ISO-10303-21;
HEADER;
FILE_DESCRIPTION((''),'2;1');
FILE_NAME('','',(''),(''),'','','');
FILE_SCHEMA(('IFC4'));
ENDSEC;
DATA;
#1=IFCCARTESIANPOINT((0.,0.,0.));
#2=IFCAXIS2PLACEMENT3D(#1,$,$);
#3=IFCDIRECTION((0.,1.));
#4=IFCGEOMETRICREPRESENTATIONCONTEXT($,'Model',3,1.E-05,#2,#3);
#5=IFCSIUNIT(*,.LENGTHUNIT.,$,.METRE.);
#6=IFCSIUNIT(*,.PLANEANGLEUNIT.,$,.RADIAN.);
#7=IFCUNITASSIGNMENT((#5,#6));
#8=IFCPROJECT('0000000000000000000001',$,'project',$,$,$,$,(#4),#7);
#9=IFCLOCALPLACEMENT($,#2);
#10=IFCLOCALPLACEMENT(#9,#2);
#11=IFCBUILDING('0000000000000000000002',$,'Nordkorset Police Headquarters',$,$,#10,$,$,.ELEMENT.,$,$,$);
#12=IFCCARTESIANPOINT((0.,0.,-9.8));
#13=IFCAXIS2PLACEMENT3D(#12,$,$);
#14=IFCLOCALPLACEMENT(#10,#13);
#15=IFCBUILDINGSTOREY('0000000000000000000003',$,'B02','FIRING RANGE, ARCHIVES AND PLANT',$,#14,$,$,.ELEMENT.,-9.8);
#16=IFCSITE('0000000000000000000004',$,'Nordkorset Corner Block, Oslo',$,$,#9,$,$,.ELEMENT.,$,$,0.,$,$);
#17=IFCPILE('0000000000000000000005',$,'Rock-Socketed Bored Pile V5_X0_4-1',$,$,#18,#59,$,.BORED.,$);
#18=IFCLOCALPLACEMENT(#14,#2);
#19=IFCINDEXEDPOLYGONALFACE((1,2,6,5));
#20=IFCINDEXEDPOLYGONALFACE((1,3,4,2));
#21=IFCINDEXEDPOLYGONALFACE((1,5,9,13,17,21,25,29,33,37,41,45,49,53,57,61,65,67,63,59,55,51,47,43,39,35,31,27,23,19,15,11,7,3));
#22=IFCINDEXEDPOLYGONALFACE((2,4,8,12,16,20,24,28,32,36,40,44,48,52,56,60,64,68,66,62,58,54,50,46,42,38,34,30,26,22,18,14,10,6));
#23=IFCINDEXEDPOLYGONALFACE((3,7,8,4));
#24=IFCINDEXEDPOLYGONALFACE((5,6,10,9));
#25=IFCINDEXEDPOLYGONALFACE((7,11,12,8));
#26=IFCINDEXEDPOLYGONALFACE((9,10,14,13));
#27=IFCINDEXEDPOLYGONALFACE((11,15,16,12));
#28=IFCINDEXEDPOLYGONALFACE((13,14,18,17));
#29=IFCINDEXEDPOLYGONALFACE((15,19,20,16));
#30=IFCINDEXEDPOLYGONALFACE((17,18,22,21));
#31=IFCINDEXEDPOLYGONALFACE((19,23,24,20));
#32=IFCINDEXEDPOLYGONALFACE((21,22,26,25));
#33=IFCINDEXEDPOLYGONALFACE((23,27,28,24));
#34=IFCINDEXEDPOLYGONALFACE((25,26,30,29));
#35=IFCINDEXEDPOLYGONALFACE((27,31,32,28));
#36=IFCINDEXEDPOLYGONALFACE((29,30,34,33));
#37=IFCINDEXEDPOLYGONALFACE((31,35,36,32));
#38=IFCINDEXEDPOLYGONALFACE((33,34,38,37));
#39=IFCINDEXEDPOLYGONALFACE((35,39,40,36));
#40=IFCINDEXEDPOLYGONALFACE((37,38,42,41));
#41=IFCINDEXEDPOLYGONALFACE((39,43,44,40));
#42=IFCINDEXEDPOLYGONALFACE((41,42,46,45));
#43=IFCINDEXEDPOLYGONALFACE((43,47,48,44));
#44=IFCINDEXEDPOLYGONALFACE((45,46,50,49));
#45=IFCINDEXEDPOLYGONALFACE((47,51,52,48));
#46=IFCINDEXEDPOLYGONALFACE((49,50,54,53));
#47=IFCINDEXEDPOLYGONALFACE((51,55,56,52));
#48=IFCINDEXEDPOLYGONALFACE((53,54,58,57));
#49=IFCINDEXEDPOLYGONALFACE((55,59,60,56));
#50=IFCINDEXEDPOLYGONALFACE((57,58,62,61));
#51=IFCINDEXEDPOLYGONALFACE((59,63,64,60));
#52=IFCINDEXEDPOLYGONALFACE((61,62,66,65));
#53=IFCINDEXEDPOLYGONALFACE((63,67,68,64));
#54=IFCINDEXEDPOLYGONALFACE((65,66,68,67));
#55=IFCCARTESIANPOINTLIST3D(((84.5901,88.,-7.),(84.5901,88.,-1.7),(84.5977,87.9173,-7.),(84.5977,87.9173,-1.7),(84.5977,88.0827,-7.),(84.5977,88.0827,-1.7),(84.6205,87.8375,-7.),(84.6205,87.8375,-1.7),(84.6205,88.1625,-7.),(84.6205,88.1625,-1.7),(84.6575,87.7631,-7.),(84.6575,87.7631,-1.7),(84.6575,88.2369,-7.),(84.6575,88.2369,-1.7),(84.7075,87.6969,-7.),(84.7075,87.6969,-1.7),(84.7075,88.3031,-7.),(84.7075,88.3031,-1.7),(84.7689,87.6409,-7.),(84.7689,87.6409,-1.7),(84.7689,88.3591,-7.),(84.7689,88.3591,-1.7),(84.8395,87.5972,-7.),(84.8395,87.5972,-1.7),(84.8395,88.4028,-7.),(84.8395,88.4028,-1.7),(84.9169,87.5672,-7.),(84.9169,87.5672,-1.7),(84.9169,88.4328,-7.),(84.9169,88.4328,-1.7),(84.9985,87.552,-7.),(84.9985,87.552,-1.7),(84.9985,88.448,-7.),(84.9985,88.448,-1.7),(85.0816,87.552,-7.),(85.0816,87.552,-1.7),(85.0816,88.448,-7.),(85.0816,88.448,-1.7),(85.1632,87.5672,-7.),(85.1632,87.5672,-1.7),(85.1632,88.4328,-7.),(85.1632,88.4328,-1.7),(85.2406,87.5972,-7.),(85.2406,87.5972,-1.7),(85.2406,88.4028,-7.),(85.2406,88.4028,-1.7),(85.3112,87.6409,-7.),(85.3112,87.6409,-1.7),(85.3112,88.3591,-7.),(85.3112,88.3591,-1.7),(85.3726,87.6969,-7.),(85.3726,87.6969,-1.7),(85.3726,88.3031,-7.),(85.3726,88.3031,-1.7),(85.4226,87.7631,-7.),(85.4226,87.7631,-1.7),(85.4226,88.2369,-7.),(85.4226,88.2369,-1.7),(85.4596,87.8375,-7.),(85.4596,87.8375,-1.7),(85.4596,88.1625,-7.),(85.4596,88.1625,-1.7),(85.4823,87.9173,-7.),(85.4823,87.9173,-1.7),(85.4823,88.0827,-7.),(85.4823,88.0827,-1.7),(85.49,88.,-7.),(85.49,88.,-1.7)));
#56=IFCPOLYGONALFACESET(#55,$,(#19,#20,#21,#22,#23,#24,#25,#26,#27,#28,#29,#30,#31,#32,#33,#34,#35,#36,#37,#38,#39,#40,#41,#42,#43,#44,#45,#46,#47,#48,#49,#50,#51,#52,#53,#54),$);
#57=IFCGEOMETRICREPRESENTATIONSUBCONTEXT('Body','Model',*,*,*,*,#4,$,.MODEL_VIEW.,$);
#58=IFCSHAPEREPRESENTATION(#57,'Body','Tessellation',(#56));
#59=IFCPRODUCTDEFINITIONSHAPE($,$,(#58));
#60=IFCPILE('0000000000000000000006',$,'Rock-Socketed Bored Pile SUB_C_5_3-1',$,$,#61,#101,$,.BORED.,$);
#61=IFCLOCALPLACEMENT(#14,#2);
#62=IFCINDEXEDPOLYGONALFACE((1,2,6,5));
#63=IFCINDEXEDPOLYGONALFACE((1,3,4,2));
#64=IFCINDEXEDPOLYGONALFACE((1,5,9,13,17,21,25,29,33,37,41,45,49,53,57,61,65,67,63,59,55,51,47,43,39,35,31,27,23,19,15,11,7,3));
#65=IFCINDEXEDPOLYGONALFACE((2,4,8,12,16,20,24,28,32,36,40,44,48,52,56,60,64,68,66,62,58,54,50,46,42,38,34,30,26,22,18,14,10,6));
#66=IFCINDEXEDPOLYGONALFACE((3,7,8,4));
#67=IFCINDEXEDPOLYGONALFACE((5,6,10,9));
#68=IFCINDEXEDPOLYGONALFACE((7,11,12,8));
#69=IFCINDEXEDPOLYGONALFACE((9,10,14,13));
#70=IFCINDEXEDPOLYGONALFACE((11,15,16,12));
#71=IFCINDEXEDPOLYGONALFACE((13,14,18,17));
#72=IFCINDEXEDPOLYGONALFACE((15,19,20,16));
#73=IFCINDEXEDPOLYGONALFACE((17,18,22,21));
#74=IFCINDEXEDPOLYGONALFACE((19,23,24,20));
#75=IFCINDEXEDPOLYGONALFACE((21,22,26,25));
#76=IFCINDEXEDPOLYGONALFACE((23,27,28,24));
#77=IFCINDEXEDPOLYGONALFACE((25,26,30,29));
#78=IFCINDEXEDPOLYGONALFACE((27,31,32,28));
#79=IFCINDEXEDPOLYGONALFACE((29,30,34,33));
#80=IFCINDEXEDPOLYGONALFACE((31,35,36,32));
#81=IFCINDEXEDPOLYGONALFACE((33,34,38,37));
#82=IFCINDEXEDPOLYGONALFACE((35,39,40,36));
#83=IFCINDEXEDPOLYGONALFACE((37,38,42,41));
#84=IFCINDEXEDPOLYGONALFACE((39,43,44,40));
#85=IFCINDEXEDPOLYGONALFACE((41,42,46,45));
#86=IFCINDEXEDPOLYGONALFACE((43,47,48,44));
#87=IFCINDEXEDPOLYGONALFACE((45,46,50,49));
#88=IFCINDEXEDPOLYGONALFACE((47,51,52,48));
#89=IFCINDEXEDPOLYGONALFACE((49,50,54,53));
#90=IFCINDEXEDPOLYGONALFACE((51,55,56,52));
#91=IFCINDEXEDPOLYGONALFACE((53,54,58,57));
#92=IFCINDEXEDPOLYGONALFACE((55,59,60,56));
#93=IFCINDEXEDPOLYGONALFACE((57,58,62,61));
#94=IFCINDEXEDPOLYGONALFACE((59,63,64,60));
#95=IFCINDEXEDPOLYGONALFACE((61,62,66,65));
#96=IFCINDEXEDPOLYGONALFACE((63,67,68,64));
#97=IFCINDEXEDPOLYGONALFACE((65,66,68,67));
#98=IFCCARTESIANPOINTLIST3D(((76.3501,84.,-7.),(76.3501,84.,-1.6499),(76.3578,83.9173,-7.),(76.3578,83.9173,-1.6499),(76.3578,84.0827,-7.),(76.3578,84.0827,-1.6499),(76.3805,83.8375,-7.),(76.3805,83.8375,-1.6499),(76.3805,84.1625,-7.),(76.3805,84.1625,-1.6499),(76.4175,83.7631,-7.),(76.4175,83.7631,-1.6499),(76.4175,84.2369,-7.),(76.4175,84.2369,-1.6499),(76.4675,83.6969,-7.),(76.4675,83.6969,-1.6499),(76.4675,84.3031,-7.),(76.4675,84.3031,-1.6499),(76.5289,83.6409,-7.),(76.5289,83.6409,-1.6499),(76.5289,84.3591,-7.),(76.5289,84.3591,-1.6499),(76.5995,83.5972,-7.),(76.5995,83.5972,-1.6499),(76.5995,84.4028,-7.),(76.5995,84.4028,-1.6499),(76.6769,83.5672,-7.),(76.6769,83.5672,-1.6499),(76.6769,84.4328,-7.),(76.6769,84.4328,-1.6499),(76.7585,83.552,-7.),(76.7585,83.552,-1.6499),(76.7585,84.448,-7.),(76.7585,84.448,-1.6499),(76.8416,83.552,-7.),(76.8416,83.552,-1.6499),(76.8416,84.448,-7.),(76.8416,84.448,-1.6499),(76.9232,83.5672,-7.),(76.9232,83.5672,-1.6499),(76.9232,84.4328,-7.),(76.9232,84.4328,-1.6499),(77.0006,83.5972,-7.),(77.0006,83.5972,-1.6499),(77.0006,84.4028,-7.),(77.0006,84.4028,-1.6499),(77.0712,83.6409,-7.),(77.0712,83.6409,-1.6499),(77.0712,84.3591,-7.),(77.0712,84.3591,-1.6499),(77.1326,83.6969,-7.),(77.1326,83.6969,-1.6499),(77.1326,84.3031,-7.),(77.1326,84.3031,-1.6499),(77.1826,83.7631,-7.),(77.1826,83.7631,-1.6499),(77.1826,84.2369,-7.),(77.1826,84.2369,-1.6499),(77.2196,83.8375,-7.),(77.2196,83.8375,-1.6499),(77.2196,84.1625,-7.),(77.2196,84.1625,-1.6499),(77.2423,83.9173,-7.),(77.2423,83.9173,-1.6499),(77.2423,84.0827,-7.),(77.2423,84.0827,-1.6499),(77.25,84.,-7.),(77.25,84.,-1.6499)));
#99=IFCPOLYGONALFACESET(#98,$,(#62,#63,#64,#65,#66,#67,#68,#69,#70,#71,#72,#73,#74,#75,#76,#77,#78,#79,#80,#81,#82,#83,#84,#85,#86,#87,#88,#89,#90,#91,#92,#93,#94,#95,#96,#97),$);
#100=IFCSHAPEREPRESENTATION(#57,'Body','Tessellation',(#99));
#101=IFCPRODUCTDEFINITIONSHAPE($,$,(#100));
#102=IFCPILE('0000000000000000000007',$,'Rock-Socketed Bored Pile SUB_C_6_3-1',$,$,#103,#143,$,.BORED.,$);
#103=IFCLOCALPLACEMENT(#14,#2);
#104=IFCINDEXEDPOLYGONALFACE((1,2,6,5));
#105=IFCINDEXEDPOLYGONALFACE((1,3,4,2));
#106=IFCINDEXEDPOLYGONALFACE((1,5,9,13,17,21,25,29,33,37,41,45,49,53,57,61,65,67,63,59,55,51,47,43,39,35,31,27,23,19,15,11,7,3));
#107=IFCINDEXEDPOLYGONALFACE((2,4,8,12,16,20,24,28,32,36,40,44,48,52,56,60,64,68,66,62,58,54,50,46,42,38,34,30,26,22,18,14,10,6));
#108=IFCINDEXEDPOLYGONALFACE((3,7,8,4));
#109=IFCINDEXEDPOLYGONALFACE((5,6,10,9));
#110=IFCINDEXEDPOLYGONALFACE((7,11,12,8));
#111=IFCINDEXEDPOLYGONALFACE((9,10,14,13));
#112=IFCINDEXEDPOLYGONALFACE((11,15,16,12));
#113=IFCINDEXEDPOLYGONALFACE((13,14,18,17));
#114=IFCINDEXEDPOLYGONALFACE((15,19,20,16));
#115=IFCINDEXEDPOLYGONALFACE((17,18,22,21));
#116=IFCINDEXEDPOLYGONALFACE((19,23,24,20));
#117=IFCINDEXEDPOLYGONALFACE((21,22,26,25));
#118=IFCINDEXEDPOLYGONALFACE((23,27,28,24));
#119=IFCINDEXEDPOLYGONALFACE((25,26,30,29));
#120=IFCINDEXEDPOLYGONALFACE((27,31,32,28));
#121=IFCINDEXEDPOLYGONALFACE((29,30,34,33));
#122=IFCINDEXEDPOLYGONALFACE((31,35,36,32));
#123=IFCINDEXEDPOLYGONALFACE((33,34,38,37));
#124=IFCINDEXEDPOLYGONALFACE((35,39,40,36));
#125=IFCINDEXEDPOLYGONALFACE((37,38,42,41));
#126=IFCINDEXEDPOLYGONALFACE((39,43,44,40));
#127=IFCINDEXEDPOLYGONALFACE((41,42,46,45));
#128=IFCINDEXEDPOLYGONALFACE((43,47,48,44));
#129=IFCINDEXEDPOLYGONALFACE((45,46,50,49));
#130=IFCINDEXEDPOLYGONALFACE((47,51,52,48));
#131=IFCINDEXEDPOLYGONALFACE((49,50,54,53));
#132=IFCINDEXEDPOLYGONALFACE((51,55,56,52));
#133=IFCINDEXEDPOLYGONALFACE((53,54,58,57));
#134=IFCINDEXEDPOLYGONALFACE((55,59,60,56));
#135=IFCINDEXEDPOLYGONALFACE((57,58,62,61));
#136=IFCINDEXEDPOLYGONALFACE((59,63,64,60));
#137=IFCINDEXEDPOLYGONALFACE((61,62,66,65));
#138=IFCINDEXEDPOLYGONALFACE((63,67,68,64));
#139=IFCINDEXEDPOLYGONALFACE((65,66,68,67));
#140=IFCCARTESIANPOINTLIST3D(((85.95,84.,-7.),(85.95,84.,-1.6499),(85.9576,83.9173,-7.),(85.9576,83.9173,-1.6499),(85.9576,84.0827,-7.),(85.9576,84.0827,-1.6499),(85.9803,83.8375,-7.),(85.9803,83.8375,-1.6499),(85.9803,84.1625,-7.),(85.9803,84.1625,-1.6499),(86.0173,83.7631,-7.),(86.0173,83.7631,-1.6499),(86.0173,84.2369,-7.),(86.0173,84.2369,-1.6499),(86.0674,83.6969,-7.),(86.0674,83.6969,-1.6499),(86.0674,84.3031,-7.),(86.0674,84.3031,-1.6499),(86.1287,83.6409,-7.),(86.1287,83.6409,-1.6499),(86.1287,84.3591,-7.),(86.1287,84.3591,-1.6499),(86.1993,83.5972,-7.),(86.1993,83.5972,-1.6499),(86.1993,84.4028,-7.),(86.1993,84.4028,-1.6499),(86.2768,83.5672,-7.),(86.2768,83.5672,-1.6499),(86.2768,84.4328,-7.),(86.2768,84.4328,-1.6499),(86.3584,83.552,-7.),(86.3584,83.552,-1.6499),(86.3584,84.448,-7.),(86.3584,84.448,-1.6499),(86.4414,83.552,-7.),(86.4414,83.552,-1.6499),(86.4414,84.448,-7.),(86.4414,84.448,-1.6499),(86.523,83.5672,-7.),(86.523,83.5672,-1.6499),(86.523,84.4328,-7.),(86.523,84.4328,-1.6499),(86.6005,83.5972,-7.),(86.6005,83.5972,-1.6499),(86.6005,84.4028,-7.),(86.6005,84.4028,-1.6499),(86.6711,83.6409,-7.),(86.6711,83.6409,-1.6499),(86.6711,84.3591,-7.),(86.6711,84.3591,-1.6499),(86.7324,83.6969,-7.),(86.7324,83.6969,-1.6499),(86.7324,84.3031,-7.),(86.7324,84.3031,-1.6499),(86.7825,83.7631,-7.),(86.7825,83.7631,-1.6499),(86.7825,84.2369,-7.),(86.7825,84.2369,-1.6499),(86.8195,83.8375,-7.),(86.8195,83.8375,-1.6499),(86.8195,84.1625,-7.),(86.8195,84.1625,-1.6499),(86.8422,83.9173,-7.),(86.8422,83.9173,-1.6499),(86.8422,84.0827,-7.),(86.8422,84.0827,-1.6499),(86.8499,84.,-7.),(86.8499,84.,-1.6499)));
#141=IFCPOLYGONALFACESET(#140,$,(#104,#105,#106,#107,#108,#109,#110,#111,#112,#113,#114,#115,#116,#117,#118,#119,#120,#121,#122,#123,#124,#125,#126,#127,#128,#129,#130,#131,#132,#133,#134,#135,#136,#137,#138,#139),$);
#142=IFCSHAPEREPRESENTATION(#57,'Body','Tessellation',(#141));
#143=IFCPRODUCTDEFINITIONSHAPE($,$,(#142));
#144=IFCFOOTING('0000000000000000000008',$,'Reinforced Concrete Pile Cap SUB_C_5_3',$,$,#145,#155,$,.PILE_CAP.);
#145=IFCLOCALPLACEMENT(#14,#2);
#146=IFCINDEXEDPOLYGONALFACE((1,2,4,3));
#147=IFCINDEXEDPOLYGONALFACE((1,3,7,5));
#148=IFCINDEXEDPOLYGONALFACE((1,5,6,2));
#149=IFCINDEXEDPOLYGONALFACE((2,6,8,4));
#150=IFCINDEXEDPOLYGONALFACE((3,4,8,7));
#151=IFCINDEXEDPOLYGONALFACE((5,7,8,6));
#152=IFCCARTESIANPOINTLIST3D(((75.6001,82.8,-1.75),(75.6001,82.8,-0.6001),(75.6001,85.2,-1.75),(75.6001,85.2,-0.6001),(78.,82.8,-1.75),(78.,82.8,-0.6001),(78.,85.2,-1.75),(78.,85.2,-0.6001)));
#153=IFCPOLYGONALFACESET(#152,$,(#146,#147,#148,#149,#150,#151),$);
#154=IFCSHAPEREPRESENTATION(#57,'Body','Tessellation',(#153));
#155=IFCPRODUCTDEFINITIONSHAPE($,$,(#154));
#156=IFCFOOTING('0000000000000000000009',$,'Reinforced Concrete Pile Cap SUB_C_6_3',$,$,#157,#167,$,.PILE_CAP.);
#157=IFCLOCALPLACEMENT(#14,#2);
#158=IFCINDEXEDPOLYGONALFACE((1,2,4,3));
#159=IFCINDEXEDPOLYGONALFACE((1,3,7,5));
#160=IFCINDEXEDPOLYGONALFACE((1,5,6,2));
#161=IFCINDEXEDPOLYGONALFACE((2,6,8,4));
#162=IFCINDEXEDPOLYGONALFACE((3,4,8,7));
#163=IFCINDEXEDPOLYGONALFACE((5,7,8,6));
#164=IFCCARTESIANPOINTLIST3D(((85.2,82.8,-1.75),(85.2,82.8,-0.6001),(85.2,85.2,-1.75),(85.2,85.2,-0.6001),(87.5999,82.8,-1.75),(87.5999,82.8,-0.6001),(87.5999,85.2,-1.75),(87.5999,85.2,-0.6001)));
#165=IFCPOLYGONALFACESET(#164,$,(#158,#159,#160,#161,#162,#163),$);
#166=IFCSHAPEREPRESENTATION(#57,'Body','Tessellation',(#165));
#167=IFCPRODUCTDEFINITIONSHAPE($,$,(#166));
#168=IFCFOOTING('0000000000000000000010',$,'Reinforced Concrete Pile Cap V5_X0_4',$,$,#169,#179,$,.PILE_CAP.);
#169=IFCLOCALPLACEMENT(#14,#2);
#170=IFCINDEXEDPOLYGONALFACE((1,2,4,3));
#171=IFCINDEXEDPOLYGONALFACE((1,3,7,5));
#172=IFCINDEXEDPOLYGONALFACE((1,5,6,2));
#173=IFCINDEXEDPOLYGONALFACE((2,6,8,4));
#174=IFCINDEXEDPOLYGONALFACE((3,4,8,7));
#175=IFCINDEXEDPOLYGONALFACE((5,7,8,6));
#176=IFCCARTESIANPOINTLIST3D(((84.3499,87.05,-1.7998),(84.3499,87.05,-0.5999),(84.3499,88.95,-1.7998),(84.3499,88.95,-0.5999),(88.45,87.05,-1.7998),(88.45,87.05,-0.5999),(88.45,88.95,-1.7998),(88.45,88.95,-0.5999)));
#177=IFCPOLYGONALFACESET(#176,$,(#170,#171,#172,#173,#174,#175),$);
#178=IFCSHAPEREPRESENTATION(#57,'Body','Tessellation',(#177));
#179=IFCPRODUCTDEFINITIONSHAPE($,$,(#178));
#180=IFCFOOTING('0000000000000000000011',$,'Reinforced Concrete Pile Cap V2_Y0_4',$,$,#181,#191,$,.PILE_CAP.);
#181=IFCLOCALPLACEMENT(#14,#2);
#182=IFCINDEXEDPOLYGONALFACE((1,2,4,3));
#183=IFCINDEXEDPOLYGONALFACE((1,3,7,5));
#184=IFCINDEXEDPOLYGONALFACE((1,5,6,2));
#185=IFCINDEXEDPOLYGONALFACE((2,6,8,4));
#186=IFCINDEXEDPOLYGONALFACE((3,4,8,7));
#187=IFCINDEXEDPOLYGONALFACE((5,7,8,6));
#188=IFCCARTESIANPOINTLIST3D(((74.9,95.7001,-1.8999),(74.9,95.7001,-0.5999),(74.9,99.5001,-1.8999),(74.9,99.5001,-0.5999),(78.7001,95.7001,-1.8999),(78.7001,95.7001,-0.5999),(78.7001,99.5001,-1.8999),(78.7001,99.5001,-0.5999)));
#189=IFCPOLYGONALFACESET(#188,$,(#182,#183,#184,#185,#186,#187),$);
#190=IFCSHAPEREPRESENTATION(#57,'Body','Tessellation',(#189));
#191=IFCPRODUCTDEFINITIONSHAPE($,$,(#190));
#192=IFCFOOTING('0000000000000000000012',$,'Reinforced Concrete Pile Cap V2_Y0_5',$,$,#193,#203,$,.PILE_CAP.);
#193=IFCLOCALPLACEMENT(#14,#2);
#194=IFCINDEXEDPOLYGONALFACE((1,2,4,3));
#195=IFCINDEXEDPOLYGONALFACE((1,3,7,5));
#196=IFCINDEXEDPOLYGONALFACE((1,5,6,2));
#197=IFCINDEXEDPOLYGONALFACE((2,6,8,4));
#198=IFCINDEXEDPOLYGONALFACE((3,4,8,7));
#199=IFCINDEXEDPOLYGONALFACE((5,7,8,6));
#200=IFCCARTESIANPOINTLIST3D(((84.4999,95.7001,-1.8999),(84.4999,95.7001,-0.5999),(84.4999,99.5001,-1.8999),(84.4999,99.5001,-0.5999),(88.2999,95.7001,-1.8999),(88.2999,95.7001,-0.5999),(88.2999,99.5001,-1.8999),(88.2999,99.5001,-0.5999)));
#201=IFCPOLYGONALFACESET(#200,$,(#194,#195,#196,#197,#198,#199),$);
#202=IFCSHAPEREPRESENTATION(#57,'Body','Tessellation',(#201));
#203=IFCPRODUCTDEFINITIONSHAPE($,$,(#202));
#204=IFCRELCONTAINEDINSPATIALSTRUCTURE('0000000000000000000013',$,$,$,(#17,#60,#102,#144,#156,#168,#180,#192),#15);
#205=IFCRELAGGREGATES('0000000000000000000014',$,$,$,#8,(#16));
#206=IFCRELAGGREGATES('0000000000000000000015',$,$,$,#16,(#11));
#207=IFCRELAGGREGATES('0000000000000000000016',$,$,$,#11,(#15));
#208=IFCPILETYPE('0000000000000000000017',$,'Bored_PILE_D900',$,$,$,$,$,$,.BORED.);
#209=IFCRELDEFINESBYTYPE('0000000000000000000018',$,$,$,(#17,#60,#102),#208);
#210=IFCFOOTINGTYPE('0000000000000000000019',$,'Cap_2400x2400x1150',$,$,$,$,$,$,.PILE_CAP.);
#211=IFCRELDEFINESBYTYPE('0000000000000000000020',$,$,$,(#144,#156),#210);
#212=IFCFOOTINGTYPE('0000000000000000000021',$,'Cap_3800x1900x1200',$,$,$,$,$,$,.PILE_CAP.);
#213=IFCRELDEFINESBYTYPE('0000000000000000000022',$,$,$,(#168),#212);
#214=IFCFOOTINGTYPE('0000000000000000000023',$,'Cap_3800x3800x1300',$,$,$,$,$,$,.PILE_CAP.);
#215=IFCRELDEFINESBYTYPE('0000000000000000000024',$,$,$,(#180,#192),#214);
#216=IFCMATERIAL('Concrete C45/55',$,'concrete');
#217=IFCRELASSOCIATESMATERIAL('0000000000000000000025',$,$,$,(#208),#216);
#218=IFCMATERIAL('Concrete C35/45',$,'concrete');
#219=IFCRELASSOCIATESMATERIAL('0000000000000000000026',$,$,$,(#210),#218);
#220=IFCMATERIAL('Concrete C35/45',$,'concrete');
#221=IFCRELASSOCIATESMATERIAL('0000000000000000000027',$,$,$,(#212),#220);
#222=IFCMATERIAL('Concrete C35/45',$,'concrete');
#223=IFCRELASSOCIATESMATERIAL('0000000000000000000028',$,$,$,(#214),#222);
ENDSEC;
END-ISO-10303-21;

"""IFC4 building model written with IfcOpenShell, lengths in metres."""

from ifc_helpers import new_model, si_unit, direction, frame, origin, origin_2d, place, context, subcontext, project, spatial, rectangle, circle, extrude, material, material_profile, profile_set, type_object, element, save


model = new_model("IFC4")

# Units and contexts
model_context = context("Model", 3, precision=1e-05, world=origin(), true_north=direction((0.0, 1.0)))
body_context = subcontext(model_context, "Body", "Model", "MODEL_VIEW")
ifc_project = project(units=[si_unit("LENGTHUNIT", "METRE"), si_unit("PLANEANGLEUNIT", "RADIAN")], contexts=[model_context])

# Site, building, storey
site_placement = place(None, origin())
site = spatial("IfcSite", under=ifc_project, at=site_placement, Name="Nordkorset Corner Block, Oslo", CompositionType="ELEMENT", RefElevation=0.0)
building_placement = place(site_placement, origin())
building = spatial("IfcBuilding", under=site, at=building_placement, Name="Nordkorset Police Headquarters", CompositionType="ELEMENT")
storey_placement = place(building_placement, frame((0.0, 0.0, -9.8)))
storey = spatial("IfcBuildingStorey", under=building, at=storey_placement, Name="B02", Description="FIRING RANGE, ARCHIVES AND PLANT", CompositionType="ELEMENT", Elevation=-9.8)

# Piles
ifc_material_1 = material(Name="Concrete C45/55", Category="concrete")
ifc_material_profile_1 = material_profile(ifc_material_1, circle(Radius=0.45, at=origin_2d()), Name="PILE D900")
ifc_profile_set_1 = profile_set([ifc_material_profile_1], Name="Concrete C45/55")
pile_type_1 = type_object("IfcPileType", Name="Bored_PILE_D900", PredefinedType="BORED", material=ifc_profile_set_1)
pile_placement = place(storey_placement, frame((85.04, 88.0, -1.7), z_axis=(0.0, 0.0, -1.0), x_axis=(1.0, 0.0, 0.0)))
element("IfcPile", 1, at=pile_placement, inside=storey, type_object=pile_type_1, Name="Rock-Socketed Bored Pile V5_X0_4-1", PredefinedType="BORED", context=body_context, shape_type="SweptSolid", body=[
    extrude(circle(Radius=0.45, at=origin_2d()), origin(), (0.0, 0.0, 1.0), 5.3),
])
for number, where, z_axis, x_axis, name in (
    (2, (76.8, 84.0, -1.6499), (0.0, 0.0, -1.0), (1.0, 0.0, 0.0), "Rock-Socketed Bored Pile SUB_C_5_3-1"),
    (3, (86.3999, 84.0, -1.6499), (0.0, 0.0, -1.0), (1.0, 0.0, 0.0), "Rock-Socketed Bored Pile SUB_C_6_3-1"),
):
    element("IfcPile", number, at=place(storey_placement, frame(where, z_axis=z_axis, x_axis=x_axis)), inside=storey, type_object=pile_type_1, Name=name, PredefinedType="BORED", context=body_context, shape_type="SweptSolid", body=[
        extrude(circle(Radius=0.45, at=origin_2d()), origin(), (0.0, 0.0, 1.0), 5.3501),
    ])

# Footings
ifc_material_2 = material(Name="Concrete C35/45", Category="concrete")
footing_type_1 = type_object("IfcFootingType", Name="Cap_2400x2400x1150", PredefinedType="PILE_CAP", material=ifc_material_2)
for number, where, z_axis, x_axis, name in (
    (4, (76.8, 84.0, -1.75), (0.0, 0.0, 1.0), (1.0, 0.0, 0.0), "Reinforced Concrete Pile Cap SUB_C_5_3"),
    (5, (86.3999, 84.0, -1.75), (0.0, 0.0, 1.0), (1.0, 0.0, 0.0), "Reinforced Concrete Pile Cap SUB_C_6_3"),
):
    element("IfcFooting", number, at=place(storey_placement, frame(where, z_axis=z_axis, x_axis=x_axis)), inside=storey, type_object=footing_type_1, Name=name, PredefinedType="PILE_CAP", context=body_context, shape_type="SweptSolid", body=[
        extrude(rectangle(XDim=2.3999, YDim=2.3999, at=origin_2d()), origin(), (0.0, 0.0, 1.0), 1.1499),
    ])
ifc_material_3 = material(Name="Concrete C35/45", Category="concrete")
footing_type_2 = type_object("IfcFootingType", Name="Cap_3800x1900x1200", PredefinedType="PILE_CAP", material=ifc_material_3)
footing_placement = place(storey_placement, frame((86.3999, 88.0, -1.7998), z_axis=(0.0, 0.0, 1.0), x_axis=(1.0, 0.0, 0.0)))
element("IfcFooting", 6, at=footing_placement, inside=storey, type_object=footing_type_2, Name="Reinforced Concrete Pile Cap V5_X0_4", PredefinedType="PILE_CAP", context=body_context, shape_type="SweptSolid", body=[
    extrude(rectangle(XDim=4.1001, YDim=1.8999, at=origin_2d()), origin(), (0.0, 0.0, 1.0), 1.2),
])
ifc_material_4 = material(Name="Concrete C35/45", Category="concrete")
footing_type_3 = type_object("IfcFootingType", Name="Cap_3800x3800x1300", PredefinedType="PILE_CAP", material=ifc_material_4)
for number, where, z_axis, x_axis, name in (
    (7, (76.8, 97.6001, -1.8999), (0.0, 0.0, 1.0), (1.0, 0.0, 0.0), "Reinforced Concrete Pile Cap V2_Y0_4"),
    (8, (86.3999, 97.6001, -1.8999), (0.0, 0.0, 1.0), (1.0, 0.0, 0.0), "Reinforced Concrete Pile Cap V2_Y0_5"),
):
    element("IfcFooting", number, at=place(storey_placement, frame(where, z_axis=z_axis, x_axis=x_axis)), inside=storey, type_object=footing_type_3, Name=name, PredefinedType="PILE_CAP", context=body_context, shape_type="SweptSolid", body=[
        extrude(rectangle(XDim=3.8, YDim=3.8, at=origin_2d()), origin(), (0.0, 0.0, 1.0), 1.3),
    ])

save(model, "model.ifc")
